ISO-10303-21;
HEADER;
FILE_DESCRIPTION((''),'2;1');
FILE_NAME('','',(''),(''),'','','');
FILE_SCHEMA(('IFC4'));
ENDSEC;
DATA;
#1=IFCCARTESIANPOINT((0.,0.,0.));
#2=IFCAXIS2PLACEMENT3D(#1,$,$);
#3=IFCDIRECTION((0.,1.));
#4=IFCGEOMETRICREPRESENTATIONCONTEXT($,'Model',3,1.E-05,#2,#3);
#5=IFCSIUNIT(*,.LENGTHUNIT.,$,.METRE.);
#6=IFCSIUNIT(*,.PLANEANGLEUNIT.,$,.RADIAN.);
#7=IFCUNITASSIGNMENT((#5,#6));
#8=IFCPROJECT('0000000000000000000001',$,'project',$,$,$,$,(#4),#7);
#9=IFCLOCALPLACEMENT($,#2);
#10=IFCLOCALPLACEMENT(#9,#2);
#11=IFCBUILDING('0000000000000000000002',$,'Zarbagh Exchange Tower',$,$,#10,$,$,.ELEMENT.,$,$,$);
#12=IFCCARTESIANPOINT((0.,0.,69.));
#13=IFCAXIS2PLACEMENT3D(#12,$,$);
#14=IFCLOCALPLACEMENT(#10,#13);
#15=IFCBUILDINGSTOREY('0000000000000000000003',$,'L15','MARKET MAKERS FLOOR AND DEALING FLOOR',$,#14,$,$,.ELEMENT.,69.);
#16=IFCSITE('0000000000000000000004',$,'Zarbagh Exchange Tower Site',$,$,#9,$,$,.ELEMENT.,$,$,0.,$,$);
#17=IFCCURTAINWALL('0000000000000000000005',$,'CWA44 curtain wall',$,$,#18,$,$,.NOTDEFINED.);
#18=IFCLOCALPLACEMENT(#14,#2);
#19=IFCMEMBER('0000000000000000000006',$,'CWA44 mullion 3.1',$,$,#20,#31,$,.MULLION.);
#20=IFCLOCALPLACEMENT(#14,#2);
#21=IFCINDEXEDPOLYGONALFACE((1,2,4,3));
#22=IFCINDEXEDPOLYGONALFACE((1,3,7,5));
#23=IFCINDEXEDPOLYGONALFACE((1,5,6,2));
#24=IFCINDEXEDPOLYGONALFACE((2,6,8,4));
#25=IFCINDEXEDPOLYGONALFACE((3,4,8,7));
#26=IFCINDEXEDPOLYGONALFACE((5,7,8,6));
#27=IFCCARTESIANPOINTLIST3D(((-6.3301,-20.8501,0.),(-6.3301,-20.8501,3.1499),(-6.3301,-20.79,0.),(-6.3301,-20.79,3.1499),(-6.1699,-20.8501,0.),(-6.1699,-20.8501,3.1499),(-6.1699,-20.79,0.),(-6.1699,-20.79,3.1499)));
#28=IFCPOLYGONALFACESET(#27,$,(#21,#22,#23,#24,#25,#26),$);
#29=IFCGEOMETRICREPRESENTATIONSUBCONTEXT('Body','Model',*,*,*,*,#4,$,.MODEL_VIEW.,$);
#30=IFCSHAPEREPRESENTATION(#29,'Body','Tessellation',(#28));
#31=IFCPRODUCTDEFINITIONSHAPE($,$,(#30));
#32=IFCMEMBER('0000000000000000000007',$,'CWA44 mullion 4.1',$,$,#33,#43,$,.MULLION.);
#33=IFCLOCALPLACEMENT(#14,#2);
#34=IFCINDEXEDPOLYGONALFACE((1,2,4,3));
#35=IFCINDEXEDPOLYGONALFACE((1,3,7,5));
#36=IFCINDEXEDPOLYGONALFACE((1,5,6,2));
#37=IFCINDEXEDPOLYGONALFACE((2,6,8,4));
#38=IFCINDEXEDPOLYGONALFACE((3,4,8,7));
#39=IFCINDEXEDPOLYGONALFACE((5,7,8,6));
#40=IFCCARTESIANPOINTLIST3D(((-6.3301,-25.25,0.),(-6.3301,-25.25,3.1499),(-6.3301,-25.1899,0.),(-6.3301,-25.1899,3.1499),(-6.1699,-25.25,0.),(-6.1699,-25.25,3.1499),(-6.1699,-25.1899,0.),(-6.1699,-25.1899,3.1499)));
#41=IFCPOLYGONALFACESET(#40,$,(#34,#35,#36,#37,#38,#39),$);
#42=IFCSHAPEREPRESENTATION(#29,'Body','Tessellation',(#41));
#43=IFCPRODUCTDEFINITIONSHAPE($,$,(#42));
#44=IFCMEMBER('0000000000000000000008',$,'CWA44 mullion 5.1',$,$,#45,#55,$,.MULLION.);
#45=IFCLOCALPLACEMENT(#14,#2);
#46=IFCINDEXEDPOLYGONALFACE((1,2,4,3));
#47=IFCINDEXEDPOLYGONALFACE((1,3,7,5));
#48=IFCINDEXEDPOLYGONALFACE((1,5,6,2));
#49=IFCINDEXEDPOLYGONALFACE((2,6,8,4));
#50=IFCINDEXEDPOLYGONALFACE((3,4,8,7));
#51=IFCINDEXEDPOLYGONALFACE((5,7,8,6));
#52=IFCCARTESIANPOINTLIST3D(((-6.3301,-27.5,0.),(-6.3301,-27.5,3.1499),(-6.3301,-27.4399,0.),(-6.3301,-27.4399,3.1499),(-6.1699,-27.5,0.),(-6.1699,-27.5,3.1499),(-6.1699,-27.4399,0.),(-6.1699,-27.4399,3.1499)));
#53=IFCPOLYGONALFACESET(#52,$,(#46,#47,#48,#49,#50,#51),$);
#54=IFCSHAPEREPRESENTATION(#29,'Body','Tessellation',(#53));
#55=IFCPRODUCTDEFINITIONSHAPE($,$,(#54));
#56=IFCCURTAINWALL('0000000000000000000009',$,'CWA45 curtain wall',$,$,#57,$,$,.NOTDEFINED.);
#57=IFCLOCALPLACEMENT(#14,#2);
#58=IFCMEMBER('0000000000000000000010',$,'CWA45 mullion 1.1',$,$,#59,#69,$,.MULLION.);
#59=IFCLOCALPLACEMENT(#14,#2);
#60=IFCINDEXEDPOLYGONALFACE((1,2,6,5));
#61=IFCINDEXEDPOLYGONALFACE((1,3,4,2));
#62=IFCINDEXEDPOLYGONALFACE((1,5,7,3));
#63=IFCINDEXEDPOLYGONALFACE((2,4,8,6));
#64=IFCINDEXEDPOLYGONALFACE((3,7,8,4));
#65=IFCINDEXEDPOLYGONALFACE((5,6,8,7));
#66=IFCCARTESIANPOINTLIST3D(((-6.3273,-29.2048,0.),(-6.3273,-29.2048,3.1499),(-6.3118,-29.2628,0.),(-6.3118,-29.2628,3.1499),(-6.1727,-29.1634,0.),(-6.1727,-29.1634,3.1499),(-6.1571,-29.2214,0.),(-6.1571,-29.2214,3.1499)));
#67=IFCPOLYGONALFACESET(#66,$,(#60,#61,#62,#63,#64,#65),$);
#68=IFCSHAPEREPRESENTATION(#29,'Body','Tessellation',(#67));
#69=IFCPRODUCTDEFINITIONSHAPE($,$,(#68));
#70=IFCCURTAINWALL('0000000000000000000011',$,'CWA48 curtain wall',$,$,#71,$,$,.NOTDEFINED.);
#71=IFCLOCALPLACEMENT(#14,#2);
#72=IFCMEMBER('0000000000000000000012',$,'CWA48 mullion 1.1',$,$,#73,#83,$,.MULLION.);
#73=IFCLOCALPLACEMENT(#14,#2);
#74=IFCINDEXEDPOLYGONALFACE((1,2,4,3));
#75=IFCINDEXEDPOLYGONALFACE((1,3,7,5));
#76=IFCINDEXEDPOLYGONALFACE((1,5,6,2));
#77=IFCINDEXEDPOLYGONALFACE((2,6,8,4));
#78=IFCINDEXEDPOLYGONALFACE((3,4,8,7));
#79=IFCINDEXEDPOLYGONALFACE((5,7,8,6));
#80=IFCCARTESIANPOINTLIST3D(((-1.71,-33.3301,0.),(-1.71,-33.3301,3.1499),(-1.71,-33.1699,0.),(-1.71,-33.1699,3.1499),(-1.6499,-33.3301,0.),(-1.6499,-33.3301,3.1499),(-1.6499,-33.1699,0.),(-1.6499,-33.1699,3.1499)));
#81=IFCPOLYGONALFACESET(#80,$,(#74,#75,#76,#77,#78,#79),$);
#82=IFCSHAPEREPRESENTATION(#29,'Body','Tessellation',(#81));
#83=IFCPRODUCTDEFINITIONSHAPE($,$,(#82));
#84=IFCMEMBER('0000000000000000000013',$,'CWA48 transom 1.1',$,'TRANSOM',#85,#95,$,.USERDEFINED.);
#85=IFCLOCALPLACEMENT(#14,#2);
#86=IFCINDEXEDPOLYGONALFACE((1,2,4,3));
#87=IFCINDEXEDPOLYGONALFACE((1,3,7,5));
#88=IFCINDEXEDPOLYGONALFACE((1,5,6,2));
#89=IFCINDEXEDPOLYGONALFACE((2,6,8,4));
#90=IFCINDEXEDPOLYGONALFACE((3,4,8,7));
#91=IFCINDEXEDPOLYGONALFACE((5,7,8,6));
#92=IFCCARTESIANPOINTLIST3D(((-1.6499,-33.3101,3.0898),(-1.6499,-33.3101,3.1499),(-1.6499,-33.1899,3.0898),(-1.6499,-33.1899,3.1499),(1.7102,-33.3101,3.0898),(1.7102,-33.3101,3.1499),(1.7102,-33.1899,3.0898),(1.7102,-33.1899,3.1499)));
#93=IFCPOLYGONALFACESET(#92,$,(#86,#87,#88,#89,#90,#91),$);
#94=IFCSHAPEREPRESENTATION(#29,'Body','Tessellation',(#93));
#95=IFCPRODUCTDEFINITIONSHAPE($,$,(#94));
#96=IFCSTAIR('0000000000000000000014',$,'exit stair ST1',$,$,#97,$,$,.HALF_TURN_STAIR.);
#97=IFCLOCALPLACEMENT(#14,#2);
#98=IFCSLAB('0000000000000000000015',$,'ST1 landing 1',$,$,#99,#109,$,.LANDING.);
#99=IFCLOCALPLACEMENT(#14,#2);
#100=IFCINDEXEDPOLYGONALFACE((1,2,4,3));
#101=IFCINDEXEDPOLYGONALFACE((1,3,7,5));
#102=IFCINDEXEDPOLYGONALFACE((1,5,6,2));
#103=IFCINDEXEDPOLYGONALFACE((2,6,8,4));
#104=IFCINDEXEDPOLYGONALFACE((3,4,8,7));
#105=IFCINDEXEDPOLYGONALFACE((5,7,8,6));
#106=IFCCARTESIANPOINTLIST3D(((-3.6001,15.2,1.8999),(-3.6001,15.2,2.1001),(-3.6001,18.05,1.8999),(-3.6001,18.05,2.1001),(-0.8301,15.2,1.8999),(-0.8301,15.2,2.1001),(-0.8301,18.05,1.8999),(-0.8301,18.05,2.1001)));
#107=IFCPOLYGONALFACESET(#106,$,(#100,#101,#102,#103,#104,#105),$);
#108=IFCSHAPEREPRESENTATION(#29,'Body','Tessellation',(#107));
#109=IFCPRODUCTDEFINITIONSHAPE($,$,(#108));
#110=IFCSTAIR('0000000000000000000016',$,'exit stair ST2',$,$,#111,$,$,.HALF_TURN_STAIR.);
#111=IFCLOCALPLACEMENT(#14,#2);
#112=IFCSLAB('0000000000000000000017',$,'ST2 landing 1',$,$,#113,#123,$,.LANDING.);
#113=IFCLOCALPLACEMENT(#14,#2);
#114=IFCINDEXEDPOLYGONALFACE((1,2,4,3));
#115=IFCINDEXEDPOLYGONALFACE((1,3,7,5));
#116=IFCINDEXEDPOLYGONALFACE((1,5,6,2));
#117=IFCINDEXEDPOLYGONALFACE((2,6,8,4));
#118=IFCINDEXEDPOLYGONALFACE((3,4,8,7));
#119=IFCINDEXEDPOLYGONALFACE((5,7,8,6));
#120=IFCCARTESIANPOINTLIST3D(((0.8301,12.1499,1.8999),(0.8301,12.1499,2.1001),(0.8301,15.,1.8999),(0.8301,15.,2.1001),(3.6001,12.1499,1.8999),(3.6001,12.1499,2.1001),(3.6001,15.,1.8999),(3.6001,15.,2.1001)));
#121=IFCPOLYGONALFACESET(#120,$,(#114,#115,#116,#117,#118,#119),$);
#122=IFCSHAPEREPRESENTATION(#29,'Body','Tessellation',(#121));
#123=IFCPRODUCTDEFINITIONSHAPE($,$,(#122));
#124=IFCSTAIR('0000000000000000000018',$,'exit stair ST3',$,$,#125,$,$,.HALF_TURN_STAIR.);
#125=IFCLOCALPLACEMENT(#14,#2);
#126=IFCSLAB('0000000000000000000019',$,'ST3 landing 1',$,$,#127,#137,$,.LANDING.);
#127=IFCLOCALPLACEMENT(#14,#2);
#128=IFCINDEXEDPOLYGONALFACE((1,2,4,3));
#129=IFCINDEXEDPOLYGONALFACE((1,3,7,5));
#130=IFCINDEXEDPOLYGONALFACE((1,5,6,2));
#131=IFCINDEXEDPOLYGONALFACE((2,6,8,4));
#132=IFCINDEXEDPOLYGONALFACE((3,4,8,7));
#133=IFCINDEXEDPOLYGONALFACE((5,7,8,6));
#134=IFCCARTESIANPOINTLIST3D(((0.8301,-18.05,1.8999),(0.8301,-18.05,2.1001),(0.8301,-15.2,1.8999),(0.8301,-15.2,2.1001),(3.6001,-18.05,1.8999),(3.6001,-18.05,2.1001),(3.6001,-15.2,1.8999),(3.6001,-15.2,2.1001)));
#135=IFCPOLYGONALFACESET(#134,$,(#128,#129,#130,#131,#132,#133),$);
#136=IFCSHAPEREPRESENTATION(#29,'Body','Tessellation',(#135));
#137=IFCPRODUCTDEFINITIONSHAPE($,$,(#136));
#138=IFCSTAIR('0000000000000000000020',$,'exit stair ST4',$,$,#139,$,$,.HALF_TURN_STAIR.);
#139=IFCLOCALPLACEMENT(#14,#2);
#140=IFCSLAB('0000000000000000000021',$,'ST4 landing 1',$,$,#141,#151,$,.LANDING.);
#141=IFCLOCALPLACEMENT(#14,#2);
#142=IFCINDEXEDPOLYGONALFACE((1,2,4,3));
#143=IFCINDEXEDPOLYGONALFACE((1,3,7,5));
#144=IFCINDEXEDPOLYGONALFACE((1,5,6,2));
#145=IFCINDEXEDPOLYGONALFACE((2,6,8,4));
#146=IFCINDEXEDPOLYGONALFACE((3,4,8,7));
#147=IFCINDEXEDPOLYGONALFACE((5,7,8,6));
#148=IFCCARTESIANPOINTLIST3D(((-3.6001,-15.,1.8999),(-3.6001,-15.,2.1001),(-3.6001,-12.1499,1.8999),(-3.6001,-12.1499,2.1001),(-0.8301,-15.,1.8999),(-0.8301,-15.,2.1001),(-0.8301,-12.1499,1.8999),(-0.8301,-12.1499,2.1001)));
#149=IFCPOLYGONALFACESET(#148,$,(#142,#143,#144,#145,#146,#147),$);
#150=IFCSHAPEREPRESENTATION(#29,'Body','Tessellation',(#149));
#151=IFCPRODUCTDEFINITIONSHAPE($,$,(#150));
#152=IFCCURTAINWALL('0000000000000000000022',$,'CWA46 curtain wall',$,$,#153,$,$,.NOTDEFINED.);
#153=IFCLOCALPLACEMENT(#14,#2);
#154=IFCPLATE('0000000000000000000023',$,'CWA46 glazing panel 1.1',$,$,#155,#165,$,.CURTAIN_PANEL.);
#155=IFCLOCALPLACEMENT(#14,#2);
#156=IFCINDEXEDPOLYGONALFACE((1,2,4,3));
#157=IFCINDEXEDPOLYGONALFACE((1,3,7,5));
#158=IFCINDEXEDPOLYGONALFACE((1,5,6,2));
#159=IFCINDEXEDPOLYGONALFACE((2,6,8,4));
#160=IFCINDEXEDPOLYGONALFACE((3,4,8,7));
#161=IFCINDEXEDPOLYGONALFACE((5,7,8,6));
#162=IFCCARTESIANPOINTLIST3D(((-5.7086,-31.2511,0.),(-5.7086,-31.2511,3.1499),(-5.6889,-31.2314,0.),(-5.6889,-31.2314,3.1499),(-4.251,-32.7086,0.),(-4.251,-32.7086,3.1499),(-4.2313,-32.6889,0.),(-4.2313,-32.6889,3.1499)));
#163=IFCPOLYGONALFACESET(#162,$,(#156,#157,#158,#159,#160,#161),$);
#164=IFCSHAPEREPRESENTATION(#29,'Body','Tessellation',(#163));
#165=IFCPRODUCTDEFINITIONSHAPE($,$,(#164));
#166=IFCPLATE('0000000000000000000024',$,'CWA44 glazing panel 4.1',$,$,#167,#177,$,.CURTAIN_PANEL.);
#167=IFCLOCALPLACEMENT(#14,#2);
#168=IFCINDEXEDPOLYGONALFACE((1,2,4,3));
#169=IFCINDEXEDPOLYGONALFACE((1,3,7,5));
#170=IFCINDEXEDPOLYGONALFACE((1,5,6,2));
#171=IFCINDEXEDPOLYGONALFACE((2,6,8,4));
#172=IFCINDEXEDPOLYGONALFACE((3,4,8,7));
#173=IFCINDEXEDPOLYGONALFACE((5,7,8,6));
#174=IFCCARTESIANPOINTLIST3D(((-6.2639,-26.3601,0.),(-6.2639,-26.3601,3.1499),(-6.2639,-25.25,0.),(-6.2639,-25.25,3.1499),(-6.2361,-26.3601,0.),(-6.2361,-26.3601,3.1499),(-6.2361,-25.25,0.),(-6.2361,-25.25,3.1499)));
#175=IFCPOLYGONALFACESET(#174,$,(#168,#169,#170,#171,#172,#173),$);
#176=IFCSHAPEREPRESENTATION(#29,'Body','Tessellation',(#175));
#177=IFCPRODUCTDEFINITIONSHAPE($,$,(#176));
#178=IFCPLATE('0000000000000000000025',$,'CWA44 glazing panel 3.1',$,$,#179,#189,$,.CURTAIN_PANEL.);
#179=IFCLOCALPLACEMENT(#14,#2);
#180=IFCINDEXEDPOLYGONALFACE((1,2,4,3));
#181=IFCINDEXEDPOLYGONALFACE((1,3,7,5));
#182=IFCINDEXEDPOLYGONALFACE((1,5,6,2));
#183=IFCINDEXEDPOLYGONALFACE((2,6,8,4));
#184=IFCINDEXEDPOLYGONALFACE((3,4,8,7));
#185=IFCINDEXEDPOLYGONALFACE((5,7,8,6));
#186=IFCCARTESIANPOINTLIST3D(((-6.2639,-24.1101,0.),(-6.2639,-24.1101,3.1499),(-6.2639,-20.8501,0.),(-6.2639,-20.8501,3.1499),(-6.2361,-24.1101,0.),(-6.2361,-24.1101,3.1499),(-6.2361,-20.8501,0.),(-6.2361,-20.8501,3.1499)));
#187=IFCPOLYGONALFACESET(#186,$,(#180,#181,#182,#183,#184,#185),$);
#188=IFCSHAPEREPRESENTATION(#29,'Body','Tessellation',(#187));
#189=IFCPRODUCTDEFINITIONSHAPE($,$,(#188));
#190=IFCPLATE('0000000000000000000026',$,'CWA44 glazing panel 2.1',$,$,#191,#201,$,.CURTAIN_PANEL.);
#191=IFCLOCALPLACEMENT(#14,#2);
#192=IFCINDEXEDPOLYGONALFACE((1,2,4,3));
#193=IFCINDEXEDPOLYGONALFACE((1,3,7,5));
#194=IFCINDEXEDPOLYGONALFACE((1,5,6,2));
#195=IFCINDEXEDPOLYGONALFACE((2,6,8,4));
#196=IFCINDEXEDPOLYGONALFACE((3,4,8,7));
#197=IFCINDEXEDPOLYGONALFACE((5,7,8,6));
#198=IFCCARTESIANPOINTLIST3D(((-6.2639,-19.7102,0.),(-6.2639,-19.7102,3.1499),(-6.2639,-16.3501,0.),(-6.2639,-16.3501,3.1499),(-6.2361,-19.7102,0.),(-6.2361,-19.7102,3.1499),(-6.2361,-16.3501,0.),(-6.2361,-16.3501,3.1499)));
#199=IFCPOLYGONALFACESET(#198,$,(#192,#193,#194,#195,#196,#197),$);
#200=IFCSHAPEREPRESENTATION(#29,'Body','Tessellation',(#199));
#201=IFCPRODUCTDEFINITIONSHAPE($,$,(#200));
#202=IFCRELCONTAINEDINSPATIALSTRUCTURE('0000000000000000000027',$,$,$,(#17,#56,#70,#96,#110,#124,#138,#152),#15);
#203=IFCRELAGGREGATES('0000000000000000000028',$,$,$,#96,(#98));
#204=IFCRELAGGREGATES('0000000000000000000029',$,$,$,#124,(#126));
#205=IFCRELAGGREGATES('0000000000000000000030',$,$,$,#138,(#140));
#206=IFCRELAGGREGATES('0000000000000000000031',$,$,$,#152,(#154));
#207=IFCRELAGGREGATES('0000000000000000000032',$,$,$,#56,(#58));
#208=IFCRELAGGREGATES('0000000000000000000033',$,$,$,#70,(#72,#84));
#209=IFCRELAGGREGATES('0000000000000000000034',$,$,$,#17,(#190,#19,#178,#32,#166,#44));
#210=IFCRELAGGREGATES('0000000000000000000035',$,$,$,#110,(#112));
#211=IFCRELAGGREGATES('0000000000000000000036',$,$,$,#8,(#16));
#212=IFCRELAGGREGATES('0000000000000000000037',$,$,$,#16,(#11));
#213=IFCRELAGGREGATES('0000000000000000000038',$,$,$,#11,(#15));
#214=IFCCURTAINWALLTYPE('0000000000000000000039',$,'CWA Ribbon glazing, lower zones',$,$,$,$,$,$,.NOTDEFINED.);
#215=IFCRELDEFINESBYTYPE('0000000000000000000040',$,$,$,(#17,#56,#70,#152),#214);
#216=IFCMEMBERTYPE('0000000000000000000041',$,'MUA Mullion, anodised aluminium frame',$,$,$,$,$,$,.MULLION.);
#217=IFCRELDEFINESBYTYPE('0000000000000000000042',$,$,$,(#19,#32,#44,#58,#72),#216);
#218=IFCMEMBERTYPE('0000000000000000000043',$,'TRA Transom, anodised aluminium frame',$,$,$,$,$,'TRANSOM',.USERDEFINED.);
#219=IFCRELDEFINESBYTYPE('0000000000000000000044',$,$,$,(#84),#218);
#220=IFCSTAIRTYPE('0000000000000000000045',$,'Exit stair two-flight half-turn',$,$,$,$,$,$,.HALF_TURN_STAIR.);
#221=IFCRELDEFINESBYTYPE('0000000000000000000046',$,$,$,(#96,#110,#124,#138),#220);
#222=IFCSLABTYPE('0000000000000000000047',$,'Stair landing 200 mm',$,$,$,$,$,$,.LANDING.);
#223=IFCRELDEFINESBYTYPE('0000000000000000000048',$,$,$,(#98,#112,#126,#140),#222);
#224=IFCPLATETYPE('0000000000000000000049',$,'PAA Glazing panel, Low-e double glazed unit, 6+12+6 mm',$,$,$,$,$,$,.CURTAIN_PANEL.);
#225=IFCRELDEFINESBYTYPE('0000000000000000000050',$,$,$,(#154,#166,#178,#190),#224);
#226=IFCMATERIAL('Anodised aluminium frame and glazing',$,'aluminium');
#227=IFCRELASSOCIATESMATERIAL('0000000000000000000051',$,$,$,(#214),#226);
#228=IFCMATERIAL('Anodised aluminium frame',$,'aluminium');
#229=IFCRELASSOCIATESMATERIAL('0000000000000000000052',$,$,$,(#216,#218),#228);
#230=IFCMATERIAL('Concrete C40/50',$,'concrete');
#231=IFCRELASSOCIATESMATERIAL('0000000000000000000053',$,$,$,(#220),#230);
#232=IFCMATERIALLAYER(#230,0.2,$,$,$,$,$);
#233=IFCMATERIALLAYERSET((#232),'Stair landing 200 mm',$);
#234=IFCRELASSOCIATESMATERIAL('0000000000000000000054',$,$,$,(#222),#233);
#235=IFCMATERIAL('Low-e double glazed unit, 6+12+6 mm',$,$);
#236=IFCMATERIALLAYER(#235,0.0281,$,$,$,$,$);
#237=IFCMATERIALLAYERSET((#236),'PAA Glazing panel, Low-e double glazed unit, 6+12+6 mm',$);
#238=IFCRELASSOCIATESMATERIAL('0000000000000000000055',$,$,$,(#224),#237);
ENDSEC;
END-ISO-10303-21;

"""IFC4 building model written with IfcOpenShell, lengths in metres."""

from ifc_helpers import new_model, si_unit, direction, frame, origin, place, context, subcontext, project, spatial, polyline, outline, extrude, source, transform, mapped, material, layer, layer_set, type_object, element, aggregate, save


model = new_model("IFC4")

# Units and contexts
model_context = context("Model", 3, precision=1e-05, world=origin(), true_north=direction((0.0, 1.0)))
body_context = subcontext(model_context, "Body", "Model", "MODEL_VIEW")
ifc_project = project(units=[si_unit("LENGTHUNIT", "METRE"), si_unit("PLANEANGLEUNIT", "RADIAN")], contexts=[model_context])

# Site, building, storey
site_placement = place(None, origin())
site = spatial("IfcSite", under=ifc_project, at=site_placement, Name="Zarbagh Exchange Tower Site", CompositionType="ELEMENT", RefElevation=0.0)
building_placement = place(site_placement, origin())
building = spatial("IfcBuilding", under=site, at=building_placement, Name="Zarbagh Exchange Tower", CompositionType="ELEMENT")
storey_placement = place(building_placement, frame((0.0, 0.0, 69.0)))
storey = spatial("IfcBuildingStorey", under=building, at=storey_placement, Name="L15", Description="MARKET MAKERS FLOOR AND DEALING FLOOR", CompositionType="ELEMENT", Elevation=69.0)

# Curtain wall, members
ifc_material_1 = material(Name="Anodised aluminium frame and glazing", Category="aluminium")
curtain_wall_type = type_object("IfcCurtainWallType", Name="CWA Ribbon glazing, lower zones", PredefinedType="NOTDEFINED", material=ifc_material_1)
curtain_wall_1_placement = place(storey_placement, origin())
curtain_wall_1 = element("IfcCurtainWall", 1, at=curtain_wall_1_placement, inside=storey, type_object=curtain_wall_type, Name="CWA44 curtain wall", PredefinedType="NOTDEFINED")
ifc_material_2 = material(Name="Anodised aluminium frame", Category="aluminium")
member_type_1 = type_object("IfcMemberType", Name="MUA Mullion, anodised aluminium frame", PredefinedType="MULLION", material=ifc_material_2)
shared_shape_1 = source(origin(), body_context, "Body", "SweptSolid", [
    extrude(outline(polyline([(0.0, -0.0801), (0.0601, -0.0801), (0.0601, 0.0801), (0.0, 0.0801), (0.0, -0.0801)])), origin(), (0.0, 0.0, 1.0), 3.1499),
])
placement = place(storey_placement, origin())
member_1 = element("IfcMember", 2, at=placement, type_object=member_type_1, Name="CWA44 mullion 3.1", PredefinedType="MULLION", context=body_context, shape_type="MappedRepresentation", body=[
    mapped(shared_shape_1, transform((-6.25, -20.79, 0.0), x_axis=(0.0, -1.0, 0.0), y_axis=(1.0, 0.0, 0.0), z_axis=(0.0, 0.0, 1.0))),
])
member_2 = element("IfcMember", 3, at=placement, type_object=member_type_1, Name="CWA44 mullion 4.1", PredefinedType="MULLION", context=body_context, shape_type="MappedRepresentation", body=[
    mapped(shared_shape_1, transform((-6.25, -25.1899, 0.0), x_axis=(0.0, -1.0, 0.0), y_axis=(1.0, 0.0, 0.0), z_axis=(0.0, 0.0, 1.0))),
])
member_3 = element("IfcMember", 4, at=placement, type_object=member_type_1, Name="CWA44 mullion 5.1", PredefinedType="MULLION", context=body_context, shape_type="MappedRepresentation", body=[
    mapped(shared_shape_1, transform((-6.25, -27.4399, 0.0), x_axis=(0.0, -1.0, 0.0), y_axis=(1.0, 0.0, 0.0), z_axis=(0.0, 0.0, 1.0))),
])

# Curtain wall, member
curtain_wall_2_placement = place(storey_placement, origin())
curtain_wall_2 = element("IfcCurtainWall", 5, at=curtain_wall_2_placement, inside=storey, type_object=curtain_wall_type, Name="CWA45 curtain wall", PredefinedType="NOTDEFINED")
member_4 = element("IfcMember", 6, at=placement, type_object=member_type_1, Name="CWA45 mullion 1.1", PredefinedType="MULLION", context=body_context, shape_type="MappedRepresentation", body=[
    mapped(shared_shape_1, transform((-6.25, -29.1841, 0.0), x_axis=(0.258825, -0.965924, 0.0), y_axis=(0.965924, 0.258825, 0.0), z_axis=(0.0, 0.0, 1.0))),
])

# Curtain wall, members
curtain_wall_3_placement = place(storey_placement, origin())
curtain_wall_3 = element("IfcCurtainWall", 7, at=curtain_wall_3_placement, inside=storey, type_object=curtain_wall_type, Name="CWA48 curtain wall", PredefinedType="NOTDEFINED")
member_5 = element("IfcMember", 8, at=placement, type_object=member_type_1, Name="CWA48 mullion 1.1", PredefinedType="MULLION", context=body_context, shape_type="MappedRepresentation", body=[
    mapped(shared_shape_1, transform((-1.71, -33.25, 0.0), x_axis=(1.0, 0.0, 0.0), y_axis=(0.0, 1.0, 0.0), z_axis=(0.0, 0.0, 1.0))),
])
member_type_2 = type_object("IfcMemberType", Name="TRA Transom, anodised aluminium frame", ElementType="TRANSOM", PredefinedType="USERDEFINED", material=ifc_material_2)
shared_shape_2 = source(origin(), body_context, "Body", "SweptSolid", [
    extrude(outline(polyline([(-0.0601, -0.0601), (0.0, -0.0601), (0.0, 0.0601), (-0.0601, 0.0601), (-0.0601, -0.0601)])), origin(), (0.0, 0.0, 1.0), 3.3601),
])
member_6 = element("IfcMember", 9, at=placement, type_object=member_type_2, Name="CWA48 transom 1.1", ObjectType="TRANSOM", PredefinedType="USERDEFINED", context=body_context, shape_type="MappedRepresentation", body=[
    mapped(shared_shape_2, transform((-1.6499, -33.25, 3.1499), x_axis=(0.0, 0.0, 1.0), y_axis=(0.0, -1.0, 0.0), z_axis=(1.0, 0.0, 0.0))),
])

# Stairs, slabs
ifc_material_3 = material(Name="Concrete C40/50", Category="concrete")
stair_type = type_object("IfcStairType", Name="Exit stair two-flight half-turn", PredefinedType="HALF_TURN_STAIR", material=ifc_material_3)
stair_1_placement = place(storey_placement, origin())
stair_1 = element("IfcStair", 10, at=stair_1_placement, inside=storey, type_object=stair_type, Name="exit stair ST1", PredefinedType="HALF_TURN_STAIR")
ifc_layer_1 = layer(ifc_material_3, 0.2)
ifc_layer_set_1 = layer_set([ifc_layer_1], Name="Stair landing 200 mm")
slab_type = type_object("IfcSlabType", Name="Stair landing 200 mm", PredefinedType="LANDING", material=ifc_layer_set_1)
slab_1_placement = place(storey_placement, frame((0.0, 0.0, 1.8999)))
slab_1 = element("IfcSlab", 11, at=slab_1_placement, type_object=slab_type, Name="ST1 landing 1", PredefinedType="LANDING", context=body_context, shape_type="SweptSolid", body=[
    extrude(outline(polyline([(-0.8301, 18.05), (-3.6001, 18.05), (-3.6001, 15.2), (-0.8301, 15.2), (-0.8301, 18.05)])), origin(), (0.0, 0.0, 1.0), 0.2002),
])
aggregate(stair_1, [slab_1])
stair_2_placement = place(storey_placement, origin())
stair_2 = element("IfcStair", 12, at=stair_2_placement, inside=storey, type_object=stair_type, Name="exit stair ST2", PredefinedType="HALF_TURN_STAIR")
slab_2_placement = place(storey_placement, frame((0.0, 0.0, 1.8999)))
slab_2 = element("IfcSlab", 13, at=slab_2_placement, type_object=slab_type, Name="ST2 landing 1", PredefinedType="LANDING", context=body_context, shape_type="SweptSolid", body=[
    extrude(outline(polyline([(0.8301, 12.1499), (3.6001, 12.1499), (3.6001, 15.0), (0.8301, 15.0), (0.8301, 12.1499)])), origin(), (0.0, 0.0, 1.0), 0.2002),
])
stair_3_placement = place(storey_placement, origin())
stair_3 = element("IfcStair", 14, at=stair_3_placement, inside=storey, type_object=stair_type, Name="exit stair ST3", PredefinedType="HALF_TURN_STAIR")
slab_3_placement = place(storey_placement, frame((0.0, 0.0, 1.8999)))
slab_3 = element("IfcSlab", 15, at=slab_3_placement, type_object=slab_type, Name="ST3 landing 1", PredefinedType="LANDING", context=body_context, shape_type="SweptSolid", body=[
    extrude(outline(polyline([(0.8301, -18.05), (3.6001, -18.05), (3.6001, -15.2), (0.8301, -15.2), (0.8301, -18.05)])), origin(), (0.0, 0.0, 1.0), 0.2002),
])
aggregate(stair_3, [slab_3])
stair_4_placement = place(storey_placement, origin())
stair_4 = element("IfcStair", 16, at=stair_4_placement, inside=storey, type_object=stair_type, Name="exit stair ST4", PredefinedType="HALF_TURN_STAIR")
slab_4_placement = place(storey_placement, frame((0.0, 0.0, 1.8999)))
slab_4 = element("IfcSlab", 17, at=slab_4_placement, type_object=slab_type, Name="ST4 landing 1", PredefinedType="LANDING", context=body_context, shape_type="SweptSolid", body=[
    extrude(outline(polyline([(-0.8301, -12.1499), (-3.6001, -12.1499), (-3.6001, -15.0), (-0.8301, -15.0), (-0.8301, -12.1499)])), origin(), (0.0, 0.0, 1.0), 0.2002),
])
aggregate(stair_4, [slab_4])

# Curtain wall, plate
curtain_wall_4_placement = place(storey_placement, origin())
curtain_wall_4 = element("IfcCurtainWall", 18, at=curtain_wall_4_placement, inside=storey, type_object=curtain_wall_type, Name="CWA46 curtain wall", PredefinedType="NOTDEFINED")
ifc_material_4 = material(Name="Low-e double glazed unit, 6+12+6 mm")
ifc_layer_2 = layer(ifc_material_4, 0.0281)
ifc_layer_set_2 = layer_set([ifc_layer_2], Name="PAA Glazing panel, Low-e double glazed unit, 6+12+6 mm")
plate_type = type_object("IfcPlateType", Name="PAA Glazing panel, Low-e double glazed unit, 6+12+6 mm", PredefinedType="CURTAIN_PANEL", material=ifc_layer_set_2)
shared_shape_3 = source(origin(), body_context, "Body", "SweptSolid", [
    extrude(outline(polyline([(0.0, -0.0139), (2.0613, -0.0139), (2.0613, 0.0139), (0.0, 0.0139), (0.0, -0.0139)])), origin(), (0.0, 0.0, 1.0), 3.1499),
])
plate_1 = element("IfcPlate", 19, at=placement, type_object=plate_type, Name="CWA46 glazing panel 1.1", PredefinedType="CURTAIN_PANEL", context=body_context, shape_type="MappedRepresentation", body=[
    mapped(shared_shape_3, transform((-5.6987, -31.2412, 0.0), x_axis=(0.707107, -0.707107, 0.0), y_axis=(0.707107, 0.707107, 0.0), z_axis=(0.0, 0.0, 1.0))),
])
aggregate(curtain_wall_4, [plate_1])

# Plates
shared_shape_4 = source(origin(), body_context, "Body", "SweptSolid", [
    extrude(outline(polyline([(0.0, -0.0139), (1.1101, -0.0139), (1.1101, 0.0139), (0.0, 0.0139), (0.0, -0.0139)])), origin(), (0.0, 0.0, 1.0), 3.1499),
])
plate_2 = element("IfcPlate", 20, at=placement, type_object=plate_type, Name="CWA44 glazing panel 4.1", PredefinedType="CURTAIN_PANEL", context=body_context, shape_type="MappedRepresentation", body=[
    mapped(shared_shape_4, transform((-6.25, -25.25, 0.0), x_axis=(0.0, -1.0, 0.0), y_axis=(1.0, 0.0, 0.0), z_axis=(0.0, 0.0, 1.0))),
])
shared_shape_5 = source(origin(), body_context, "Body", "SweptSolid", [
    extrude(outline(polyline([(0.0, -0.0139), (3.26, -0.0139), (3.26, 0.0139), (0.0, 0.0139), (0.0, -0.0139)])), origin(), (0.0, 0.0, 1.0), 3.1499),
])
plate_3 = element("IfcPlate", 21, at=placement, type_object=plate_type, Name="CWA44 glazing panel 3.1", PredefinedType="CURTAIN_PANEL", context=body_context, shape_type="MappedRepresentation", body=[
    mapped(shared_shape_5, transform((-6.25, -20.8501, 0.0), x_axis=(0.0, -1.0, 0.0), y_axis=(1.0, 0.0, 0.0), z_axis=(0.0, 0.0, 1.0))),
])
shared_shape_6 = source(origin(), body_context, "Body", "SweptSolid", [
    extrude(outline(polyline([(0.0, -0.0139), (3.3601, -0.0139), (3.3601, 0.0139), (0.0, 0.0139), (0.0, -0.0139)])), origin(), (0.0, 0.0, 1.0), 3.1499),
])
plate_4 = element("IfcPlate", 22, at=placement, type_object=plate_type, Name="CWA44 glazing panel 2.1", PredefinedType="CURTAIN_PANEL", context=body_context, shape_type="MappedRepresentation", body=[
    mapped(shared_shape_6, transform((-6.25, -16.3501, 0.0), x_axis=(0.0, -1.0, 0.0), y_axis=(1.0, 0.0, 0.0), z_axis=(0.0, 0.0, 1.0))),
])
aggregate(curtain_wall_2, [member_4])

aggregate(curtain_wall_3, [member_5, member_6])
aggregate(curtain_wall_1, [plate_4, member_1, plate_3, member_2, plate_2, member_3])

aggregate(stair_2, [slab_2])

save(model, "model.ifc")
